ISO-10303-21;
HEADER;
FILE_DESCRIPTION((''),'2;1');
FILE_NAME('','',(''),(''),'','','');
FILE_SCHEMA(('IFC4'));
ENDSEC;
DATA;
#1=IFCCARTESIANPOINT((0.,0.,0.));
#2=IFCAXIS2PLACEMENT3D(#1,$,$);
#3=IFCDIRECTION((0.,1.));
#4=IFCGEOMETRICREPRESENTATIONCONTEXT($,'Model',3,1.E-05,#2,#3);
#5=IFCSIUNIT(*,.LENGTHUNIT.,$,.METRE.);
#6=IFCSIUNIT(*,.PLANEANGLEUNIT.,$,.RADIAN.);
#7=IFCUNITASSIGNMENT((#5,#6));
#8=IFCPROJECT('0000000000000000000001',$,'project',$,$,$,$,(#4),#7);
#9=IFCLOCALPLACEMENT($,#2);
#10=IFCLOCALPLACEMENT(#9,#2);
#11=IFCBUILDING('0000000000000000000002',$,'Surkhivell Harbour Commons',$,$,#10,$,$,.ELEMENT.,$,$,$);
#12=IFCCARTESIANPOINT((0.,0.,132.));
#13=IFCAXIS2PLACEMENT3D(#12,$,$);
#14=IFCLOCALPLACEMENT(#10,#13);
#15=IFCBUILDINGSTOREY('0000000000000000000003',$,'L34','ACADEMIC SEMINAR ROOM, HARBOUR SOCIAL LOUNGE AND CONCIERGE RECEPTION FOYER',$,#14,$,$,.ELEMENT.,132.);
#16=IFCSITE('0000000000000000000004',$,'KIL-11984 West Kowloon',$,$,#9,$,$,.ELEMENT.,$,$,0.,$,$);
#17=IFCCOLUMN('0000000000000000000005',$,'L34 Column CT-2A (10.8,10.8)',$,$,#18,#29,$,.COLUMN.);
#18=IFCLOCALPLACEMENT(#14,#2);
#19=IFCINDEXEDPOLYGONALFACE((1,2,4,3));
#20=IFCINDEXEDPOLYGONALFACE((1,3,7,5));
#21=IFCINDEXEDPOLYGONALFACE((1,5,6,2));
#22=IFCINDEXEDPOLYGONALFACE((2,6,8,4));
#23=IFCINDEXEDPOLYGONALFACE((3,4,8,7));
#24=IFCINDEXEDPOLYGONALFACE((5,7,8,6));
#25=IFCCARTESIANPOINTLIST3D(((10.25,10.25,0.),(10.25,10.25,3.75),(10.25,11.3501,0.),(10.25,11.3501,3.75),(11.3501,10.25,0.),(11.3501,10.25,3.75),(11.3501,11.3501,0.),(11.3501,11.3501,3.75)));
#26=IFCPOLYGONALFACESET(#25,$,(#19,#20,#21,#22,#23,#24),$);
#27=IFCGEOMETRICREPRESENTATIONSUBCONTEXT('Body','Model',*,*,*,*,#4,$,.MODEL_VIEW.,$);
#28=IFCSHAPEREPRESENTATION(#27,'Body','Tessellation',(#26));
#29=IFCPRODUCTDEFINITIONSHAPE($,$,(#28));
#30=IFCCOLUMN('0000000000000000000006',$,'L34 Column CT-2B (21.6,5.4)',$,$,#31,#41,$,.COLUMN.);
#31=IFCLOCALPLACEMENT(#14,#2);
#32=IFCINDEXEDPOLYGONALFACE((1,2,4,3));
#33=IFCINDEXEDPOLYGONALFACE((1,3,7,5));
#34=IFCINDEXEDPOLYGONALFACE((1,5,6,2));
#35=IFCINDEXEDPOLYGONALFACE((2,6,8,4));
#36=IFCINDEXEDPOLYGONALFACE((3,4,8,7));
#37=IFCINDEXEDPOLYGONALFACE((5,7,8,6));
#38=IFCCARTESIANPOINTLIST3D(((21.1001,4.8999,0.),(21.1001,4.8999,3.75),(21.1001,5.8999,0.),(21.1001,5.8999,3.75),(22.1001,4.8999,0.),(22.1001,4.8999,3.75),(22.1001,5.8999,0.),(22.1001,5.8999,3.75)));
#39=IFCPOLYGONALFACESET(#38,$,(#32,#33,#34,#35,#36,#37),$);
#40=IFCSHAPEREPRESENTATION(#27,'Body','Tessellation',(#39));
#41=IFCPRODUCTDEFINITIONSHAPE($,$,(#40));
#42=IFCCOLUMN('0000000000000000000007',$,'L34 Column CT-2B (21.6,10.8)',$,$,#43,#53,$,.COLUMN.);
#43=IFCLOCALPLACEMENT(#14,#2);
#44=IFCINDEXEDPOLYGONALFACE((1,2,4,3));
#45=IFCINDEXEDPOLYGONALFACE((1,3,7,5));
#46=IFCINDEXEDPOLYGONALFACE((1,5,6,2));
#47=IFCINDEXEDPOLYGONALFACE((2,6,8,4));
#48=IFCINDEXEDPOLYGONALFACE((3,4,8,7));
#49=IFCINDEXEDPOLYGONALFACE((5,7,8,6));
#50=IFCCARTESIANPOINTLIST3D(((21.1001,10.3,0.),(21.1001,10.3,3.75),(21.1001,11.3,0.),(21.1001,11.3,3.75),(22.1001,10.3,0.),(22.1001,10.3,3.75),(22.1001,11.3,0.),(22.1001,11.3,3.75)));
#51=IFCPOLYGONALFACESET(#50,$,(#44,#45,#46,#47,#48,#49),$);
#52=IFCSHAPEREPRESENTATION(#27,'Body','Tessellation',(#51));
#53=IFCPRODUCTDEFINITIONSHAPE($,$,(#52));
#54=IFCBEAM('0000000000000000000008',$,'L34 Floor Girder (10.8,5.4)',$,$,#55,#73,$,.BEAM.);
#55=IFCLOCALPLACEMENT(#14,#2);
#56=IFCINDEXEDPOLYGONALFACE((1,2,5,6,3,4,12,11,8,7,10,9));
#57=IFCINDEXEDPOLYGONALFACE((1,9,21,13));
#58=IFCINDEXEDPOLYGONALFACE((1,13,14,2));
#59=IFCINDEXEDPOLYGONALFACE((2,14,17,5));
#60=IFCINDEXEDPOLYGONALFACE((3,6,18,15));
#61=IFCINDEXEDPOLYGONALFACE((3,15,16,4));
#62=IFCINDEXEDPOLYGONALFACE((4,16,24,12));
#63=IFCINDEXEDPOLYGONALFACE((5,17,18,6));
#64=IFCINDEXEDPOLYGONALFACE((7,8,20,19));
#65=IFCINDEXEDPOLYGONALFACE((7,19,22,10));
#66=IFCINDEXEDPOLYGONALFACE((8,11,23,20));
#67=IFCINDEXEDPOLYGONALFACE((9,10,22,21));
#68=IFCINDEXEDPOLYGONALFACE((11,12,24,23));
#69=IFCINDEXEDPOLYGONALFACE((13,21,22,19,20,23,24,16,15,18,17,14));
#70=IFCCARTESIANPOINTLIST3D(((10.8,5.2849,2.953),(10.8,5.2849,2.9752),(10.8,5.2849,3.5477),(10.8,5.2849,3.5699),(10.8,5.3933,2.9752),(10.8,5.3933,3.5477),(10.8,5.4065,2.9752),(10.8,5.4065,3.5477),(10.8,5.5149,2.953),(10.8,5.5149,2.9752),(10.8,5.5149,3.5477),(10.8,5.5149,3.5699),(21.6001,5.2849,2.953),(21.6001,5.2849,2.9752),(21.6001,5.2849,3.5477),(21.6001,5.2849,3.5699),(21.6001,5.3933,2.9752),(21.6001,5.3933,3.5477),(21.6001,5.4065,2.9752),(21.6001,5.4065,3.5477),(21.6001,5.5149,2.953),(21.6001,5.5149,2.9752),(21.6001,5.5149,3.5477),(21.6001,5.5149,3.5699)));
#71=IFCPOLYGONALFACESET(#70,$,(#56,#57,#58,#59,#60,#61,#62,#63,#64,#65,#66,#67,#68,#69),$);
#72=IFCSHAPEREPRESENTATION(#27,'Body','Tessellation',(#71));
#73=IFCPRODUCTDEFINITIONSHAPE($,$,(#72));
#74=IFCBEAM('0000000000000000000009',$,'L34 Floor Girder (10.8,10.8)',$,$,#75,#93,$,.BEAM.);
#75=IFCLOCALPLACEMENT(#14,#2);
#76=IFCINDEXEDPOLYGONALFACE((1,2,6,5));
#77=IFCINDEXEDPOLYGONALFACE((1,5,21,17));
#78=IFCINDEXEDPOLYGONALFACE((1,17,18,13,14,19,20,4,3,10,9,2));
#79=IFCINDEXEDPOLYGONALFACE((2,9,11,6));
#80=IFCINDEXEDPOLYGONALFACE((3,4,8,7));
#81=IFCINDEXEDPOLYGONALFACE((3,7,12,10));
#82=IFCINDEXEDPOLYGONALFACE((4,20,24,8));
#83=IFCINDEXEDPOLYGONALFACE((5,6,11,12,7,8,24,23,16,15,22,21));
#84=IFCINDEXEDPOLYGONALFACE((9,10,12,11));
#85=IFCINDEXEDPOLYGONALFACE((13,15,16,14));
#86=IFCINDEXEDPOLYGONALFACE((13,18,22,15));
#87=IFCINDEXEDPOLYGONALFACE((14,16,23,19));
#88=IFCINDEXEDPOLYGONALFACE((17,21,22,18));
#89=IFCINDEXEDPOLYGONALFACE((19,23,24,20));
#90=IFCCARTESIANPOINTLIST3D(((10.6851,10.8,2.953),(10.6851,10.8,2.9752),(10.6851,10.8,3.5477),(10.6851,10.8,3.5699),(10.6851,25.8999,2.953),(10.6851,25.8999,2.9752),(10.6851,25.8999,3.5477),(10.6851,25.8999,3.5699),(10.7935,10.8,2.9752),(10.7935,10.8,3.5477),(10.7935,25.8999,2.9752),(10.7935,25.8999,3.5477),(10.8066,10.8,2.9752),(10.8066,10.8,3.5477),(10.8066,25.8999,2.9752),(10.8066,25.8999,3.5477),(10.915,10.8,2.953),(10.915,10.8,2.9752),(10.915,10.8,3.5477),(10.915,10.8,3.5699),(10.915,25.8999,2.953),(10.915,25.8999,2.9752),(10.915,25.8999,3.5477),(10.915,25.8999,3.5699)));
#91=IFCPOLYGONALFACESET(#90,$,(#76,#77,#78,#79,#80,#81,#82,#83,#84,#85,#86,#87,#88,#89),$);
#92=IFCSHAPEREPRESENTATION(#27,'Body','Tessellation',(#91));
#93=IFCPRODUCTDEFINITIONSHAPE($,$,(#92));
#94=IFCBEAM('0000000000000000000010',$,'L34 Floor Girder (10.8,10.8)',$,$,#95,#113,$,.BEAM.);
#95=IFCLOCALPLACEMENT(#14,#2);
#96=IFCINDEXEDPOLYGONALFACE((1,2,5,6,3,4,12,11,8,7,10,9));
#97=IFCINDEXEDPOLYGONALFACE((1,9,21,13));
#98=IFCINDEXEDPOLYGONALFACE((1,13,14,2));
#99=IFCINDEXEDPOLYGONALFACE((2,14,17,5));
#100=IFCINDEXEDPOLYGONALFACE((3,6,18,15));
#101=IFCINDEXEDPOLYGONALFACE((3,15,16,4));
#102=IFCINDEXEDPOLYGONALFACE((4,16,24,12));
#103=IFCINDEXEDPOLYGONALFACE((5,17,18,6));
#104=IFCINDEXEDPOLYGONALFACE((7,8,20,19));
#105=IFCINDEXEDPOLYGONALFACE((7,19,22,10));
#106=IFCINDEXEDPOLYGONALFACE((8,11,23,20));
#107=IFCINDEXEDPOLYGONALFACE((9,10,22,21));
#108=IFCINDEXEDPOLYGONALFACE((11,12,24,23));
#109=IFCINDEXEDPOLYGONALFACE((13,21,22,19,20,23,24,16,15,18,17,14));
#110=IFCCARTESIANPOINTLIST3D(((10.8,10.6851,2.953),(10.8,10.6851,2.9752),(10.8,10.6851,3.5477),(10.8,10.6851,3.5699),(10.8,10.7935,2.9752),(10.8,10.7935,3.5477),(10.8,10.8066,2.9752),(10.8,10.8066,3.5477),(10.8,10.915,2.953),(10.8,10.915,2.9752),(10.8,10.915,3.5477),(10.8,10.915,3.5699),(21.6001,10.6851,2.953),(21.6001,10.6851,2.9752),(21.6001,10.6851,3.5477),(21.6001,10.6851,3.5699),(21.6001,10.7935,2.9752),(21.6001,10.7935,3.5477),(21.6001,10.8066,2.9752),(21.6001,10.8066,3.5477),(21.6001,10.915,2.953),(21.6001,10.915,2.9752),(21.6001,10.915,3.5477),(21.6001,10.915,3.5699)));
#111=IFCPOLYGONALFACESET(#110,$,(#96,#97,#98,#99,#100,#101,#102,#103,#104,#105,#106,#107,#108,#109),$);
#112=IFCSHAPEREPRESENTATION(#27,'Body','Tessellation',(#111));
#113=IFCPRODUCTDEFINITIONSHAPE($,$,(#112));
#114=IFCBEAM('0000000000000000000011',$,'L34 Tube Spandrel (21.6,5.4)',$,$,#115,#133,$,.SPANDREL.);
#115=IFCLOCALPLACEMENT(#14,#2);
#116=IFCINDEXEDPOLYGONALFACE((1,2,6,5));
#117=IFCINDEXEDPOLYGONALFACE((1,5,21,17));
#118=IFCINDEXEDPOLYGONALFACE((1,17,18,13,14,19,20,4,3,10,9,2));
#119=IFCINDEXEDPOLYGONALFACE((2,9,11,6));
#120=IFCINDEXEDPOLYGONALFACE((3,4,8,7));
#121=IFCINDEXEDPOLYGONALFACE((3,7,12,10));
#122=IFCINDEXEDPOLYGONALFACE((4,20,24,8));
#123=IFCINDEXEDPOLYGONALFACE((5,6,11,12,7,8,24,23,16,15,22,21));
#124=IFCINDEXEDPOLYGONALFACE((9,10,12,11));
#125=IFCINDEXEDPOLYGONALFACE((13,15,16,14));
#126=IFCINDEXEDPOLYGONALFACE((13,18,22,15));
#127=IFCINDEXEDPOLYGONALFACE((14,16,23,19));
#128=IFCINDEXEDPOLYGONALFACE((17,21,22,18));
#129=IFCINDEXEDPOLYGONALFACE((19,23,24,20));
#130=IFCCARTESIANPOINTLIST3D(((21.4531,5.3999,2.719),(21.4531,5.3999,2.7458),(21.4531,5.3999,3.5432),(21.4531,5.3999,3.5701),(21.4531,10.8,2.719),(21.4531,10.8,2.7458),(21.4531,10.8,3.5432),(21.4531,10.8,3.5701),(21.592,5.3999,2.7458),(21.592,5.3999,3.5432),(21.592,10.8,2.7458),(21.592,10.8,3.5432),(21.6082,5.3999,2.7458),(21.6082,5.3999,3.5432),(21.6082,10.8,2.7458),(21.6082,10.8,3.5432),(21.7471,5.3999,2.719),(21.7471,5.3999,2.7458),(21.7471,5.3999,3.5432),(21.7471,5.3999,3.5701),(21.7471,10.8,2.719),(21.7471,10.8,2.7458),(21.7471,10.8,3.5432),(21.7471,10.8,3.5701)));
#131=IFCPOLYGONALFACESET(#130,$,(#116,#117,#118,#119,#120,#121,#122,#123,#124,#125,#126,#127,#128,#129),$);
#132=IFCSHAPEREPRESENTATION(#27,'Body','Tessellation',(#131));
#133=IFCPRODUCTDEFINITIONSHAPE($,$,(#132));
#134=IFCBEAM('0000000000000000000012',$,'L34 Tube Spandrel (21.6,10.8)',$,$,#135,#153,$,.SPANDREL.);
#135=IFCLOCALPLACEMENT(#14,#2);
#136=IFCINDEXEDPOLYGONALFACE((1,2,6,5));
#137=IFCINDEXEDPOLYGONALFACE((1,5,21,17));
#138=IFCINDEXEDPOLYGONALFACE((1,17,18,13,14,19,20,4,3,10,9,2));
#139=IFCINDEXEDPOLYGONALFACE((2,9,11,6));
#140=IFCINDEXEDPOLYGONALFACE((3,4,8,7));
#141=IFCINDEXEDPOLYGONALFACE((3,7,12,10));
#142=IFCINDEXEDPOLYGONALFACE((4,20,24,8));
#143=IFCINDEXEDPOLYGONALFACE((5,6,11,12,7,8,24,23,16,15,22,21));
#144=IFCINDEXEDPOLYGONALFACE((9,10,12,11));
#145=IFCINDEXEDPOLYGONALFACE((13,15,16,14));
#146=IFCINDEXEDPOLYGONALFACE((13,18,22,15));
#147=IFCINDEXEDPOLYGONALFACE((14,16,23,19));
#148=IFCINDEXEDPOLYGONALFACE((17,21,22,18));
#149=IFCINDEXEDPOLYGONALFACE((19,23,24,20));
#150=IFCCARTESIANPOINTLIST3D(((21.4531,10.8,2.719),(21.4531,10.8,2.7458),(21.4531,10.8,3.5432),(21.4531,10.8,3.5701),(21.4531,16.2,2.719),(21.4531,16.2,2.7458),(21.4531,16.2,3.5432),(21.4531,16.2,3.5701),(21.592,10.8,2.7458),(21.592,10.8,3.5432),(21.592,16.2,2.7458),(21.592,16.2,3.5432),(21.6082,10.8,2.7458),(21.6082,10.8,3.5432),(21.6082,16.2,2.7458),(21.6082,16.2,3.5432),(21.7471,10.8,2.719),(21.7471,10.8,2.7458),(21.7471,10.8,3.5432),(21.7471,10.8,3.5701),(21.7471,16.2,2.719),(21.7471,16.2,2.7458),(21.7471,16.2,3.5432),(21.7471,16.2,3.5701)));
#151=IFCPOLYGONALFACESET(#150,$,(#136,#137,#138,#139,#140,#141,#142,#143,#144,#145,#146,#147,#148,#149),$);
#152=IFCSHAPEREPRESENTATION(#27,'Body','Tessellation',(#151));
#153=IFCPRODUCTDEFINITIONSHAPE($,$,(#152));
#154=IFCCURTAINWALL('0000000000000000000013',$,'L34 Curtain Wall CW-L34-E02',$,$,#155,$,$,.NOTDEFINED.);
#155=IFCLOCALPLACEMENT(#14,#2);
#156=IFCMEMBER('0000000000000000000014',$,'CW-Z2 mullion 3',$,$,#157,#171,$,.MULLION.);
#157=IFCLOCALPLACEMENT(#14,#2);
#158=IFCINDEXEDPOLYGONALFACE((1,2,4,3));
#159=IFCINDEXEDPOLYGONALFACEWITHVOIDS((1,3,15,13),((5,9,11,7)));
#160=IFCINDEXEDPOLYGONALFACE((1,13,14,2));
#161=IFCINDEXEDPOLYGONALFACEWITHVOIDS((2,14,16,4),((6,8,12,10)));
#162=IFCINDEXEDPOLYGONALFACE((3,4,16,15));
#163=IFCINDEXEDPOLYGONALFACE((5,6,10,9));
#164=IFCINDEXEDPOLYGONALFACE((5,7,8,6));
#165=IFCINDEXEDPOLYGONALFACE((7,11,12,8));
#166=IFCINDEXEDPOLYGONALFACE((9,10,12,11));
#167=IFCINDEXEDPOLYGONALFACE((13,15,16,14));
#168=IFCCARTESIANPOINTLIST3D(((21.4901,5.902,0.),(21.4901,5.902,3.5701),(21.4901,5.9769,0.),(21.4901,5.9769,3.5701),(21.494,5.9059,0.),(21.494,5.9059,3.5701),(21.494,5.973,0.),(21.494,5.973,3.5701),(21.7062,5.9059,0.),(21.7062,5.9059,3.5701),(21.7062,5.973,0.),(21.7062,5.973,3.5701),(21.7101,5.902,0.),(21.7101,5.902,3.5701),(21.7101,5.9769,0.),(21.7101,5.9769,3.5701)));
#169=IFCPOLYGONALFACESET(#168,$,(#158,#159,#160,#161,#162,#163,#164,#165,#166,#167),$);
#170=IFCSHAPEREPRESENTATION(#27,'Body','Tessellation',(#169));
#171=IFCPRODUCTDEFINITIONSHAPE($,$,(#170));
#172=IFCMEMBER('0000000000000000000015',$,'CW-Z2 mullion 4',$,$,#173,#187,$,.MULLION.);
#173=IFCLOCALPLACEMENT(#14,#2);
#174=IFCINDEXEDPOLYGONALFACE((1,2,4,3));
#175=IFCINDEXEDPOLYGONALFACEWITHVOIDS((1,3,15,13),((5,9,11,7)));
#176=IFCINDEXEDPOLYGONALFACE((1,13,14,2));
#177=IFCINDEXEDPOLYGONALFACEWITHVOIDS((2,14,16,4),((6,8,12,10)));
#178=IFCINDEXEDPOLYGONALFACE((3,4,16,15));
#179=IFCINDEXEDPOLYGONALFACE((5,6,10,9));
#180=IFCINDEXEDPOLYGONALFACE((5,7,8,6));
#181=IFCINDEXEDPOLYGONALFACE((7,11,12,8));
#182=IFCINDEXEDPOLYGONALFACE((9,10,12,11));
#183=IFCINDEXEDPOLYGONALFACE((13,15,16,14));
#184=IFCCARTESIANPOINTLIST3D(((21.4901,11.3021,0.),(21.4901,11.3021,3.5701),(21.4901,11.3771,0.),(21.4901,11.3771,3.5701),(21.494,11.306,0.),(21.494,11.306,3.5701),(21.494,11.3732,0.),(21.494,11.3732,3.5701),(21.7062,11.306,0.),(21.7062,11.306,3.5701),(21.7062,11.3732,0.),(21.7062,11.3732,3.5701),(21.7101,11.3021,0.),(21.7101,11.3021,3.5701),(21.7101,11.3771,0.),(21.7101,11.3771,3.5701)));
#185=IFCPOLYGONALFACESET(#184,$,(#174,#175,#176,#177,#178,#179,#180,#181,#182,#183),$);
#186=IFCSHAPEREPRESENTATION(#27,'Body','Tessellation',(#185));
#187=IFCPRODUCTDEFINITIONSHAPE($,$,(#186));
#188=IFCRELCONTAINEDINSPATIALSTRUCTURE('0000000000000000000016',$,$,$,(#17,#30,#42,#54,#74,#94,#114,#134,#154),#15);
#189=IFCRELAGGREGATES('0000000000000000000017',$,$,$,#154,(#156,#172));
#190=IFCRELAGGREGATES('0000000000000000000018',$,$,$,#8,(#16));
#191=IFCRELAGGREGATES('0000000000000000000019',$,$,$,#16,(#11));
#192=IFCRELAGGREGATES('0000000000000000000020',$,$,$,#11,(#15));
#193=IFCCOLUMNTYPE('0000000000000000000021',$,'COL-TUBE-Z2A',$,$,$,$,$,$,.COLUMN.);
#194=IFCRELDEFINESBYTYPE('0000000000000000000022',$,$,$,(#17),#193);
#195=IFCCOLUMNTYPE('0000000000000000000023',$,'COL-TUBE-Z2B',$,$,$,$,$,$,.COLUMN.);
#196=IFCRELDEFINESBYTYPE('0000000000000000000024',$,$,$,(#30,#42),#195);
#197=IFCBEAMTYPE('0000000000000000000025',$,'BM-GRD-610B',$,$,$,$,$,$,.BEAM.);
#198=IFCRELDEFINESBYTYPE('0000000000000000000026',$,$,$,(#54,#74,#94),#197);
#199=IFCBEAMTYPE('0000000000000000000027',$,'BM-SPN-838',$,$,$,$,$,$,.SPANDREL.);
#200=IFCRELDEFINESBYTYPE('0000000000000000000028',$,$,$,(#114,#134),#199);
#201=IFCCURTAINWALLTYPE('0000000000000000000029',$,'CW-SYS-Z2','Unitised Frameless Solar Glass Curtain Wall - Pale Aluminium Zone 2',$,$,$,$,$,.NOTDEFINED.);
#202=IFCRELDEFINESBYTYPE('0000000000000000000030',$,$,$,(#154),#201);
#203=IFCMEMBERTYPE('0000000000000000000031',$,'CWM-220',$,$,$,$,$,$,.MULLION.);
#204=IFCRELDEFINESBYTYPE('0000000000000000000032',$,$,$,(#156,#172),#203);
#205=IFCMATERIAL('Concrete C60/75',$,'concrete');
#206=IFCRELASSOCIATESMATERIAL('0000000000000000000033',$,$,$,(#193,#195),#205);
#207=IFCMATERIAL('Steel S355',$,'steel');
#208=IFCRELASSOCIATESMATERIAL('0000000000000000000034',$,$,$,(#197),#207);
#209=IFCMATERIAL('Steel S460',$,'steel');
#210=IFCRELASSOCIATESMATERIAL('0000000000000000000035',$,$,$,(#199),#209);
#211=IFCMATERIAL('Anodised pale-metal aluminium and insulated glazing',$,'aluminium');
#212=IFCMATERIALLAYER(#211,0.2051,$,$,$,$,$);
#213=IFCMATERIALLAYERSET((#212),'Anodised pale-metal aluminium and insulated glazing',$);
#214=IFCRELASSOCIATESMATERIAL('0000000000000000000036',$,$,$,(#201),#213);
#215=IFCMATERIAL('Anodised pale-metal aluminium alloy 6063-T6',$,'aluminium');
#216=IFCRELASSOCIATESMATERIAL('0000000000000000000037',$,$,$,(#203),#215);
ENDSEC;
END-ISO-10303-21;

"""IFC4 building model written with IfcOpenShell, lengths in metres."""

from ifc_helpers import new_model, si_unit, direction, frame, origin, origin_2d, place, context, subcontext, project, spatial, rectangle, hollow_rectangle, i_section, extrude, material, layer, layer_set, material_profile, profile_set, type_object, element, aggregate, save


model = new_model("IFC4")

# Units and contexts
model_context = context("Model", 3, precision=1e-05, world=origin(), true_north=direction((0.0, 1.0)))
body_context = subcontext(model_context, "Body", "Model", "MODEL_VIEW")
ifc_project = project(units=[si_unit("LENGTHUNIT", "METRE"), si_unit("PLANEANGLEUNIT", "RADIAN")], contexts=[model_context])

# Site, building, storey
site_placement = place(None, origin())
site = spatial("IfcSite", under=ifc_project, at=site_placement, Name="KIL-11984 West Kowloon", CompositionType="ELEMENT", RefElevation=0.0)
building_placement = place(site_placement, origin())
building = spatial("IfcBuilding", under=site, at=building_placement, Name="Surkhivell Harbour Commons", CompositionType="ELEMENT")
storey_placement = place(building_placement, frame((0.0, 0.0, 132.0)))
storey = spatial("IfcBuildingStorey", under=building, at=storey_placement, Name="L34", Description="ACADEMIC SEMINAR ROOM, HARBOUR SOCIAL LOUNGE AND CONCIERGE RECEPTION FOYER", CompositionType="ELEMENT", Elevation=132.0)

# Columns
ifc_material_1 = material(Name="Concrete C60/75", Category="concrete")
ifc_material_profile_1 = material_profile(ifc_material_1, rectangle(XDim=1.1001, YDim=1.1001, at=origin_2d()), Name="RC-COL-1100x1100")
ifc_profile_set_1 = profile_set([ifc_material_profile_1], Name="Concrete C60/75")
column_type_1 = type_object("IfcColumnType", Name="COL-TUBE-Z2A", PredefinedType="COLUMN", material=ifc_profile_set_1)
column_placement = place(storey_placement, frame((10.8, 10.8, 0.0), z_axis=(0.0, 0.0, 1.0), x_axis=(1.0, 0.0, 0.0)))
element("IfcColumn", 1, at=column_placement, inside=storey, type_object=column_type_1, Name="L34 Column CT-2A (10.8,10.8)", PredefinedType="COLUMN", context=body_context, shape_type="SweptSolid", body=[
    extrude(rectangle(XDim=1.1001, YDim=1.1001, at=origin_2d()), origin(), (0.0, 0.0, 1.0), 3.75),
])
ifc_material_profile_2 = material_profile(ifc_material_1, rectangle(XDim=1.0, YDim=1.0, at=origin_2d()), Name="RC-COL-1000x1000")
ifc_profile_set_2 = profile_set([ifc_material_profile_2], Name="Concrete C60/75")
column_type_2 = type_object("IfcColumnType", Name="COL-TUBE-Z2B", PredefinedType="COLUMN", material=ifc_profile_set_2)
for number, where, z_axis, x_axis, name in (
    (2, (21.6001, 5.3999, 0.0), (0.0, 0.0, 1.0), (1.0, 0.0, 0.0), "L34 Column CT-2B (21.6,5.4)"),
    (3, (21.6001, 10.8, 0.0), (0.0, 0.0, 1.0), (1.0, 0.0, 0.0), "L34 Column CT-2B (21.6,10.8)"),
):
    element("IfcColumn", number, at=place(storey_placement, frame(where, z_axis=z_axis, x_axis=x_axis)), inside=storey, type_object=column_type_2, Name=name, PredefinedType="COLUMN", context=body_context, shape_type="SweptSolid", body=[
        extrude(rectangle(XDim=1.0, YDim=1.0, at=origin_2d()), origin(), (0.0, 0.0, 1.0), 3.75),
    ])

# Beams
ifc_material_2 = material(Name="Steel S355", Category="steel")
ifc_material_profile_3 = material_profile(ifc_material_2, i_section(OverallWidth=0.23, OverallDepth=0.6169, WebThickness=0.0132, FlangeThickness=0.0222, at=origin_2d()), Name="UB610x229x140")
ifc_profile_set_3 = profile_set([ifc_material_profile_3], Name="Steel S355")
beam_type_1 = type_object("IfcBeamType", Name="BM-GRD-610B", PredefinedType="BEAM", material=ifc_profile_set_3)
beam_1_placement = place(storey_placement, frame((10.8, 5.3999, 3.2615), z_axis=(1.0, 0.0, 0.0), x_axis=(0.0, 1.0, 0.0)))
element("IfcBeam", 4, at=beam_1_placement, inside=storey, type_object=beam_type_1, Name="L34 Floor Girder (10.8,5.4)", PredefinedType="BEAM", context=body_context, shape_type="SweptSolid", body=[
    extrude(i_section(OverallWidth=0.23, OverallDepth=0.6169, WebThickness=0.0132, FlangeThickness=0.0222, at=origin_2d()), origin(), (0.0, 0.0, 1.0), 10.8),
])
beam_2_placement = place(storey_placement, frame((10.8, 10.8, 3.2615), z_axis=(0.0, 1.0, 0.0), x_axis=(-1.0, 0.0, 0.0)))
element("IfcBeam", 5, at=beam_2_placement, inside=storey, type_object=beam_type_1, Name="L34 Floor Girder (10.8,10.8)", PredefinedType="BEAM", context=body_context, shape_type="SweptSolid", body=[
    extrude(i_section(OverallWidth=0.23, OverallDepth=0.6169, WebThickness=0.0132, FlangeThickness=0.0222, at=origin_2d()), origin(), (0.0, 0.0, 1.0), 15.0999),
])
beam_3_placement = place(storey_placement, frame((10.8, 10.8, 3.2615), z_axis=(1.0, 0.0, 0.0), x_axis=(0.0, 1.0, 0.0)))
element("IfcBeam", 6, at=beam_3_placement, inside=storey, type_object=beam_type_1, Name="L34 Floor Girder (10.8,10.8)", PredefinedType="BEAM", context=body_context, shape_type="SweptSolid", body=[
    extrude(i_section(OverallWidth=0.23, OverallDepth=0.6169, WebThickness=0.0132, FlangeThickness=0.0222, at=origin_2d()), origin(), (0.0, 0.0, 1.0), 10.8),
])
ifc_material_3 = material(Name="Steel S460", Category="steel")
ifc_material_profile_4 = material_profile(ifc_material_3, i_section(OverallWidth=0.2939, OverallDepth=0.8511, WebThickness=0.0161, FlangeThickness=0.0269, at=origin_2d()), Name="UB838x292x226")
ifc_profile_set_4 = profile_set([ifc_material_profile_4], Name="Steel S460")
beam_type_2 = type_object("IfcBeamType", Name="BM-SPN-838", PredefinedType="SPANDREL", material=ifc_profile_set_4)
beam_4_placement = place(storey_placement, frame((21.6001, 5.3999, 3.1445), z_axis=(0.0, 1.0, 0.0), x_axis=(-1.0, 0.0, 0.0)))
element("IfcBeam", 7, at=beam_4_placement, inside=storey, type_object=beam_type_2, Name="L34 Tube Spandrel (21.6,5.4)", PredefinedType="SPANDREL", context=body_context, shape_type="SweptSolid", body=[
    extrude(i_section(OverallWidth=0.2939, OverallDepth=0.8511, WebThickness=0.0161, FlangeThickness=0.0269, at=origin_2d()), origin(), (0.0, 0.0, 1.0), 5.4001),
])
beam_5_placement = place(storey_placement, frame((21.6001, 10.8, 3.1445), z_axis=(0.0, 1.0, 0.0), x_axis=(-1.0, 0.0, 0.0)))
element("IfcBeam", 8, at=beam_5_placement, inside=storey, type_object=beam_type_2, Name="L34 Tube Spandrel (21.6,10.8)", PredefinedType="SPANDREL", context=body_context, shape_type="SweptSolid", body=[
    extrude(i_section(OverallWidth=0.2939, OverallDepth=0.8511, WebThickness=0.0161, FlangeThickness=0.0269, at=origin_2d()), origin(), (0.0, 0.0, 1.0), 5.3999),
])

# Curtain wall, members
ifc_material_4 = material(Name="Anodised pale-metal aluminium and insulated glazing", Category="aluminium")
ifc_layer_1 = layer(ifc_material_4, 0.2051)
ifc_layer_set_1 = layer_set([ifc_layer_1], Name="Anodised pale-metal aluminium and insulated glazing")
curtain_wall_type = type_object("IfcCurtainWallType", Name="CW-SYS-Z2", Description="Unitised Frameless Solar Glass Curtain Wall - Pale Aluminium Zone 2", PredefinedType="NOTDEFINED", material=ifc_layer_set_1)
curtain_wall_placement = place(storey_placement, origin())
curtain_wall = element("IfcCurtainWall", 9, at=curtain_wall_placement, inside=storey, type_object=curtain_wall_type, Name="L34 Curtain Wall CW-L34-E02", PredefinedType="NOTDEFINED")
ifc_material_5 = material(Name="Anodised pale-metal aluminium alloy 6063-T6", Category="aluminium")
ifc_material_profile_5 = material_profile(ifc_material_5, hollow_rectangle(XDim=0.075, YDim=0.22, WallThickness=0.0039, at=origin_2d()), Name="ALU-MULL-75x220")
ifc_profile_set_5 = profile_set([ifc_material_profile_5], Name="Anodised pale-metal aluminium alloy 6063-T6")
member_type_1 = type_object("IfcMemberType", Name="CWM-220", PredefinedType="MULLION", material=ifc_profile_set_5)
member_1_placement = place(storey_placement, frame((21.6001, 5.9395, 0.0), z_axis=(0.0, 0.0, 1.0), x_axis=(0.0, 1.0, 0.0)))
member_1 = element("IfcMember", 10, at=member_1_placement, type_object=member_type_1, Name="CW-Z2 mullion 3", PredefinedType="MULLION", context=body_context, shape_type="SweptSolid", body=[
    extrude(hollow_rectangle(XDim=0.075, YDim=0.22, WallThickness=0.0039, at=origin_2d()), origin(), (0.0, 0.0, 1.0), 3.5701),
])
member_2_placement = place(storey_placement, frame((21.6001, 11.3396, 0.0), z_axis=(0.0, 0.0, 1.0), x_axis=(0.0, 1.0, 0.0)))
member_2 = element("IfcMember", 11, at=member_2_placement, type_object=member_type_1, Name="CW-Z2 mullion 4", PredefinedType="MULLION", context=body_context, shape_type="SweptSolid", body=[
    extrude(hollow_rectangle(XDim=0.075, YDim=0.22, WallThickness=0.0039, at=origin_2d()), origin(), (0.0, 0.0, 1.0), 3.5701),
])
aggregate(curtain_wall, [member_1, member_2])

save(model, "model.ifc")
